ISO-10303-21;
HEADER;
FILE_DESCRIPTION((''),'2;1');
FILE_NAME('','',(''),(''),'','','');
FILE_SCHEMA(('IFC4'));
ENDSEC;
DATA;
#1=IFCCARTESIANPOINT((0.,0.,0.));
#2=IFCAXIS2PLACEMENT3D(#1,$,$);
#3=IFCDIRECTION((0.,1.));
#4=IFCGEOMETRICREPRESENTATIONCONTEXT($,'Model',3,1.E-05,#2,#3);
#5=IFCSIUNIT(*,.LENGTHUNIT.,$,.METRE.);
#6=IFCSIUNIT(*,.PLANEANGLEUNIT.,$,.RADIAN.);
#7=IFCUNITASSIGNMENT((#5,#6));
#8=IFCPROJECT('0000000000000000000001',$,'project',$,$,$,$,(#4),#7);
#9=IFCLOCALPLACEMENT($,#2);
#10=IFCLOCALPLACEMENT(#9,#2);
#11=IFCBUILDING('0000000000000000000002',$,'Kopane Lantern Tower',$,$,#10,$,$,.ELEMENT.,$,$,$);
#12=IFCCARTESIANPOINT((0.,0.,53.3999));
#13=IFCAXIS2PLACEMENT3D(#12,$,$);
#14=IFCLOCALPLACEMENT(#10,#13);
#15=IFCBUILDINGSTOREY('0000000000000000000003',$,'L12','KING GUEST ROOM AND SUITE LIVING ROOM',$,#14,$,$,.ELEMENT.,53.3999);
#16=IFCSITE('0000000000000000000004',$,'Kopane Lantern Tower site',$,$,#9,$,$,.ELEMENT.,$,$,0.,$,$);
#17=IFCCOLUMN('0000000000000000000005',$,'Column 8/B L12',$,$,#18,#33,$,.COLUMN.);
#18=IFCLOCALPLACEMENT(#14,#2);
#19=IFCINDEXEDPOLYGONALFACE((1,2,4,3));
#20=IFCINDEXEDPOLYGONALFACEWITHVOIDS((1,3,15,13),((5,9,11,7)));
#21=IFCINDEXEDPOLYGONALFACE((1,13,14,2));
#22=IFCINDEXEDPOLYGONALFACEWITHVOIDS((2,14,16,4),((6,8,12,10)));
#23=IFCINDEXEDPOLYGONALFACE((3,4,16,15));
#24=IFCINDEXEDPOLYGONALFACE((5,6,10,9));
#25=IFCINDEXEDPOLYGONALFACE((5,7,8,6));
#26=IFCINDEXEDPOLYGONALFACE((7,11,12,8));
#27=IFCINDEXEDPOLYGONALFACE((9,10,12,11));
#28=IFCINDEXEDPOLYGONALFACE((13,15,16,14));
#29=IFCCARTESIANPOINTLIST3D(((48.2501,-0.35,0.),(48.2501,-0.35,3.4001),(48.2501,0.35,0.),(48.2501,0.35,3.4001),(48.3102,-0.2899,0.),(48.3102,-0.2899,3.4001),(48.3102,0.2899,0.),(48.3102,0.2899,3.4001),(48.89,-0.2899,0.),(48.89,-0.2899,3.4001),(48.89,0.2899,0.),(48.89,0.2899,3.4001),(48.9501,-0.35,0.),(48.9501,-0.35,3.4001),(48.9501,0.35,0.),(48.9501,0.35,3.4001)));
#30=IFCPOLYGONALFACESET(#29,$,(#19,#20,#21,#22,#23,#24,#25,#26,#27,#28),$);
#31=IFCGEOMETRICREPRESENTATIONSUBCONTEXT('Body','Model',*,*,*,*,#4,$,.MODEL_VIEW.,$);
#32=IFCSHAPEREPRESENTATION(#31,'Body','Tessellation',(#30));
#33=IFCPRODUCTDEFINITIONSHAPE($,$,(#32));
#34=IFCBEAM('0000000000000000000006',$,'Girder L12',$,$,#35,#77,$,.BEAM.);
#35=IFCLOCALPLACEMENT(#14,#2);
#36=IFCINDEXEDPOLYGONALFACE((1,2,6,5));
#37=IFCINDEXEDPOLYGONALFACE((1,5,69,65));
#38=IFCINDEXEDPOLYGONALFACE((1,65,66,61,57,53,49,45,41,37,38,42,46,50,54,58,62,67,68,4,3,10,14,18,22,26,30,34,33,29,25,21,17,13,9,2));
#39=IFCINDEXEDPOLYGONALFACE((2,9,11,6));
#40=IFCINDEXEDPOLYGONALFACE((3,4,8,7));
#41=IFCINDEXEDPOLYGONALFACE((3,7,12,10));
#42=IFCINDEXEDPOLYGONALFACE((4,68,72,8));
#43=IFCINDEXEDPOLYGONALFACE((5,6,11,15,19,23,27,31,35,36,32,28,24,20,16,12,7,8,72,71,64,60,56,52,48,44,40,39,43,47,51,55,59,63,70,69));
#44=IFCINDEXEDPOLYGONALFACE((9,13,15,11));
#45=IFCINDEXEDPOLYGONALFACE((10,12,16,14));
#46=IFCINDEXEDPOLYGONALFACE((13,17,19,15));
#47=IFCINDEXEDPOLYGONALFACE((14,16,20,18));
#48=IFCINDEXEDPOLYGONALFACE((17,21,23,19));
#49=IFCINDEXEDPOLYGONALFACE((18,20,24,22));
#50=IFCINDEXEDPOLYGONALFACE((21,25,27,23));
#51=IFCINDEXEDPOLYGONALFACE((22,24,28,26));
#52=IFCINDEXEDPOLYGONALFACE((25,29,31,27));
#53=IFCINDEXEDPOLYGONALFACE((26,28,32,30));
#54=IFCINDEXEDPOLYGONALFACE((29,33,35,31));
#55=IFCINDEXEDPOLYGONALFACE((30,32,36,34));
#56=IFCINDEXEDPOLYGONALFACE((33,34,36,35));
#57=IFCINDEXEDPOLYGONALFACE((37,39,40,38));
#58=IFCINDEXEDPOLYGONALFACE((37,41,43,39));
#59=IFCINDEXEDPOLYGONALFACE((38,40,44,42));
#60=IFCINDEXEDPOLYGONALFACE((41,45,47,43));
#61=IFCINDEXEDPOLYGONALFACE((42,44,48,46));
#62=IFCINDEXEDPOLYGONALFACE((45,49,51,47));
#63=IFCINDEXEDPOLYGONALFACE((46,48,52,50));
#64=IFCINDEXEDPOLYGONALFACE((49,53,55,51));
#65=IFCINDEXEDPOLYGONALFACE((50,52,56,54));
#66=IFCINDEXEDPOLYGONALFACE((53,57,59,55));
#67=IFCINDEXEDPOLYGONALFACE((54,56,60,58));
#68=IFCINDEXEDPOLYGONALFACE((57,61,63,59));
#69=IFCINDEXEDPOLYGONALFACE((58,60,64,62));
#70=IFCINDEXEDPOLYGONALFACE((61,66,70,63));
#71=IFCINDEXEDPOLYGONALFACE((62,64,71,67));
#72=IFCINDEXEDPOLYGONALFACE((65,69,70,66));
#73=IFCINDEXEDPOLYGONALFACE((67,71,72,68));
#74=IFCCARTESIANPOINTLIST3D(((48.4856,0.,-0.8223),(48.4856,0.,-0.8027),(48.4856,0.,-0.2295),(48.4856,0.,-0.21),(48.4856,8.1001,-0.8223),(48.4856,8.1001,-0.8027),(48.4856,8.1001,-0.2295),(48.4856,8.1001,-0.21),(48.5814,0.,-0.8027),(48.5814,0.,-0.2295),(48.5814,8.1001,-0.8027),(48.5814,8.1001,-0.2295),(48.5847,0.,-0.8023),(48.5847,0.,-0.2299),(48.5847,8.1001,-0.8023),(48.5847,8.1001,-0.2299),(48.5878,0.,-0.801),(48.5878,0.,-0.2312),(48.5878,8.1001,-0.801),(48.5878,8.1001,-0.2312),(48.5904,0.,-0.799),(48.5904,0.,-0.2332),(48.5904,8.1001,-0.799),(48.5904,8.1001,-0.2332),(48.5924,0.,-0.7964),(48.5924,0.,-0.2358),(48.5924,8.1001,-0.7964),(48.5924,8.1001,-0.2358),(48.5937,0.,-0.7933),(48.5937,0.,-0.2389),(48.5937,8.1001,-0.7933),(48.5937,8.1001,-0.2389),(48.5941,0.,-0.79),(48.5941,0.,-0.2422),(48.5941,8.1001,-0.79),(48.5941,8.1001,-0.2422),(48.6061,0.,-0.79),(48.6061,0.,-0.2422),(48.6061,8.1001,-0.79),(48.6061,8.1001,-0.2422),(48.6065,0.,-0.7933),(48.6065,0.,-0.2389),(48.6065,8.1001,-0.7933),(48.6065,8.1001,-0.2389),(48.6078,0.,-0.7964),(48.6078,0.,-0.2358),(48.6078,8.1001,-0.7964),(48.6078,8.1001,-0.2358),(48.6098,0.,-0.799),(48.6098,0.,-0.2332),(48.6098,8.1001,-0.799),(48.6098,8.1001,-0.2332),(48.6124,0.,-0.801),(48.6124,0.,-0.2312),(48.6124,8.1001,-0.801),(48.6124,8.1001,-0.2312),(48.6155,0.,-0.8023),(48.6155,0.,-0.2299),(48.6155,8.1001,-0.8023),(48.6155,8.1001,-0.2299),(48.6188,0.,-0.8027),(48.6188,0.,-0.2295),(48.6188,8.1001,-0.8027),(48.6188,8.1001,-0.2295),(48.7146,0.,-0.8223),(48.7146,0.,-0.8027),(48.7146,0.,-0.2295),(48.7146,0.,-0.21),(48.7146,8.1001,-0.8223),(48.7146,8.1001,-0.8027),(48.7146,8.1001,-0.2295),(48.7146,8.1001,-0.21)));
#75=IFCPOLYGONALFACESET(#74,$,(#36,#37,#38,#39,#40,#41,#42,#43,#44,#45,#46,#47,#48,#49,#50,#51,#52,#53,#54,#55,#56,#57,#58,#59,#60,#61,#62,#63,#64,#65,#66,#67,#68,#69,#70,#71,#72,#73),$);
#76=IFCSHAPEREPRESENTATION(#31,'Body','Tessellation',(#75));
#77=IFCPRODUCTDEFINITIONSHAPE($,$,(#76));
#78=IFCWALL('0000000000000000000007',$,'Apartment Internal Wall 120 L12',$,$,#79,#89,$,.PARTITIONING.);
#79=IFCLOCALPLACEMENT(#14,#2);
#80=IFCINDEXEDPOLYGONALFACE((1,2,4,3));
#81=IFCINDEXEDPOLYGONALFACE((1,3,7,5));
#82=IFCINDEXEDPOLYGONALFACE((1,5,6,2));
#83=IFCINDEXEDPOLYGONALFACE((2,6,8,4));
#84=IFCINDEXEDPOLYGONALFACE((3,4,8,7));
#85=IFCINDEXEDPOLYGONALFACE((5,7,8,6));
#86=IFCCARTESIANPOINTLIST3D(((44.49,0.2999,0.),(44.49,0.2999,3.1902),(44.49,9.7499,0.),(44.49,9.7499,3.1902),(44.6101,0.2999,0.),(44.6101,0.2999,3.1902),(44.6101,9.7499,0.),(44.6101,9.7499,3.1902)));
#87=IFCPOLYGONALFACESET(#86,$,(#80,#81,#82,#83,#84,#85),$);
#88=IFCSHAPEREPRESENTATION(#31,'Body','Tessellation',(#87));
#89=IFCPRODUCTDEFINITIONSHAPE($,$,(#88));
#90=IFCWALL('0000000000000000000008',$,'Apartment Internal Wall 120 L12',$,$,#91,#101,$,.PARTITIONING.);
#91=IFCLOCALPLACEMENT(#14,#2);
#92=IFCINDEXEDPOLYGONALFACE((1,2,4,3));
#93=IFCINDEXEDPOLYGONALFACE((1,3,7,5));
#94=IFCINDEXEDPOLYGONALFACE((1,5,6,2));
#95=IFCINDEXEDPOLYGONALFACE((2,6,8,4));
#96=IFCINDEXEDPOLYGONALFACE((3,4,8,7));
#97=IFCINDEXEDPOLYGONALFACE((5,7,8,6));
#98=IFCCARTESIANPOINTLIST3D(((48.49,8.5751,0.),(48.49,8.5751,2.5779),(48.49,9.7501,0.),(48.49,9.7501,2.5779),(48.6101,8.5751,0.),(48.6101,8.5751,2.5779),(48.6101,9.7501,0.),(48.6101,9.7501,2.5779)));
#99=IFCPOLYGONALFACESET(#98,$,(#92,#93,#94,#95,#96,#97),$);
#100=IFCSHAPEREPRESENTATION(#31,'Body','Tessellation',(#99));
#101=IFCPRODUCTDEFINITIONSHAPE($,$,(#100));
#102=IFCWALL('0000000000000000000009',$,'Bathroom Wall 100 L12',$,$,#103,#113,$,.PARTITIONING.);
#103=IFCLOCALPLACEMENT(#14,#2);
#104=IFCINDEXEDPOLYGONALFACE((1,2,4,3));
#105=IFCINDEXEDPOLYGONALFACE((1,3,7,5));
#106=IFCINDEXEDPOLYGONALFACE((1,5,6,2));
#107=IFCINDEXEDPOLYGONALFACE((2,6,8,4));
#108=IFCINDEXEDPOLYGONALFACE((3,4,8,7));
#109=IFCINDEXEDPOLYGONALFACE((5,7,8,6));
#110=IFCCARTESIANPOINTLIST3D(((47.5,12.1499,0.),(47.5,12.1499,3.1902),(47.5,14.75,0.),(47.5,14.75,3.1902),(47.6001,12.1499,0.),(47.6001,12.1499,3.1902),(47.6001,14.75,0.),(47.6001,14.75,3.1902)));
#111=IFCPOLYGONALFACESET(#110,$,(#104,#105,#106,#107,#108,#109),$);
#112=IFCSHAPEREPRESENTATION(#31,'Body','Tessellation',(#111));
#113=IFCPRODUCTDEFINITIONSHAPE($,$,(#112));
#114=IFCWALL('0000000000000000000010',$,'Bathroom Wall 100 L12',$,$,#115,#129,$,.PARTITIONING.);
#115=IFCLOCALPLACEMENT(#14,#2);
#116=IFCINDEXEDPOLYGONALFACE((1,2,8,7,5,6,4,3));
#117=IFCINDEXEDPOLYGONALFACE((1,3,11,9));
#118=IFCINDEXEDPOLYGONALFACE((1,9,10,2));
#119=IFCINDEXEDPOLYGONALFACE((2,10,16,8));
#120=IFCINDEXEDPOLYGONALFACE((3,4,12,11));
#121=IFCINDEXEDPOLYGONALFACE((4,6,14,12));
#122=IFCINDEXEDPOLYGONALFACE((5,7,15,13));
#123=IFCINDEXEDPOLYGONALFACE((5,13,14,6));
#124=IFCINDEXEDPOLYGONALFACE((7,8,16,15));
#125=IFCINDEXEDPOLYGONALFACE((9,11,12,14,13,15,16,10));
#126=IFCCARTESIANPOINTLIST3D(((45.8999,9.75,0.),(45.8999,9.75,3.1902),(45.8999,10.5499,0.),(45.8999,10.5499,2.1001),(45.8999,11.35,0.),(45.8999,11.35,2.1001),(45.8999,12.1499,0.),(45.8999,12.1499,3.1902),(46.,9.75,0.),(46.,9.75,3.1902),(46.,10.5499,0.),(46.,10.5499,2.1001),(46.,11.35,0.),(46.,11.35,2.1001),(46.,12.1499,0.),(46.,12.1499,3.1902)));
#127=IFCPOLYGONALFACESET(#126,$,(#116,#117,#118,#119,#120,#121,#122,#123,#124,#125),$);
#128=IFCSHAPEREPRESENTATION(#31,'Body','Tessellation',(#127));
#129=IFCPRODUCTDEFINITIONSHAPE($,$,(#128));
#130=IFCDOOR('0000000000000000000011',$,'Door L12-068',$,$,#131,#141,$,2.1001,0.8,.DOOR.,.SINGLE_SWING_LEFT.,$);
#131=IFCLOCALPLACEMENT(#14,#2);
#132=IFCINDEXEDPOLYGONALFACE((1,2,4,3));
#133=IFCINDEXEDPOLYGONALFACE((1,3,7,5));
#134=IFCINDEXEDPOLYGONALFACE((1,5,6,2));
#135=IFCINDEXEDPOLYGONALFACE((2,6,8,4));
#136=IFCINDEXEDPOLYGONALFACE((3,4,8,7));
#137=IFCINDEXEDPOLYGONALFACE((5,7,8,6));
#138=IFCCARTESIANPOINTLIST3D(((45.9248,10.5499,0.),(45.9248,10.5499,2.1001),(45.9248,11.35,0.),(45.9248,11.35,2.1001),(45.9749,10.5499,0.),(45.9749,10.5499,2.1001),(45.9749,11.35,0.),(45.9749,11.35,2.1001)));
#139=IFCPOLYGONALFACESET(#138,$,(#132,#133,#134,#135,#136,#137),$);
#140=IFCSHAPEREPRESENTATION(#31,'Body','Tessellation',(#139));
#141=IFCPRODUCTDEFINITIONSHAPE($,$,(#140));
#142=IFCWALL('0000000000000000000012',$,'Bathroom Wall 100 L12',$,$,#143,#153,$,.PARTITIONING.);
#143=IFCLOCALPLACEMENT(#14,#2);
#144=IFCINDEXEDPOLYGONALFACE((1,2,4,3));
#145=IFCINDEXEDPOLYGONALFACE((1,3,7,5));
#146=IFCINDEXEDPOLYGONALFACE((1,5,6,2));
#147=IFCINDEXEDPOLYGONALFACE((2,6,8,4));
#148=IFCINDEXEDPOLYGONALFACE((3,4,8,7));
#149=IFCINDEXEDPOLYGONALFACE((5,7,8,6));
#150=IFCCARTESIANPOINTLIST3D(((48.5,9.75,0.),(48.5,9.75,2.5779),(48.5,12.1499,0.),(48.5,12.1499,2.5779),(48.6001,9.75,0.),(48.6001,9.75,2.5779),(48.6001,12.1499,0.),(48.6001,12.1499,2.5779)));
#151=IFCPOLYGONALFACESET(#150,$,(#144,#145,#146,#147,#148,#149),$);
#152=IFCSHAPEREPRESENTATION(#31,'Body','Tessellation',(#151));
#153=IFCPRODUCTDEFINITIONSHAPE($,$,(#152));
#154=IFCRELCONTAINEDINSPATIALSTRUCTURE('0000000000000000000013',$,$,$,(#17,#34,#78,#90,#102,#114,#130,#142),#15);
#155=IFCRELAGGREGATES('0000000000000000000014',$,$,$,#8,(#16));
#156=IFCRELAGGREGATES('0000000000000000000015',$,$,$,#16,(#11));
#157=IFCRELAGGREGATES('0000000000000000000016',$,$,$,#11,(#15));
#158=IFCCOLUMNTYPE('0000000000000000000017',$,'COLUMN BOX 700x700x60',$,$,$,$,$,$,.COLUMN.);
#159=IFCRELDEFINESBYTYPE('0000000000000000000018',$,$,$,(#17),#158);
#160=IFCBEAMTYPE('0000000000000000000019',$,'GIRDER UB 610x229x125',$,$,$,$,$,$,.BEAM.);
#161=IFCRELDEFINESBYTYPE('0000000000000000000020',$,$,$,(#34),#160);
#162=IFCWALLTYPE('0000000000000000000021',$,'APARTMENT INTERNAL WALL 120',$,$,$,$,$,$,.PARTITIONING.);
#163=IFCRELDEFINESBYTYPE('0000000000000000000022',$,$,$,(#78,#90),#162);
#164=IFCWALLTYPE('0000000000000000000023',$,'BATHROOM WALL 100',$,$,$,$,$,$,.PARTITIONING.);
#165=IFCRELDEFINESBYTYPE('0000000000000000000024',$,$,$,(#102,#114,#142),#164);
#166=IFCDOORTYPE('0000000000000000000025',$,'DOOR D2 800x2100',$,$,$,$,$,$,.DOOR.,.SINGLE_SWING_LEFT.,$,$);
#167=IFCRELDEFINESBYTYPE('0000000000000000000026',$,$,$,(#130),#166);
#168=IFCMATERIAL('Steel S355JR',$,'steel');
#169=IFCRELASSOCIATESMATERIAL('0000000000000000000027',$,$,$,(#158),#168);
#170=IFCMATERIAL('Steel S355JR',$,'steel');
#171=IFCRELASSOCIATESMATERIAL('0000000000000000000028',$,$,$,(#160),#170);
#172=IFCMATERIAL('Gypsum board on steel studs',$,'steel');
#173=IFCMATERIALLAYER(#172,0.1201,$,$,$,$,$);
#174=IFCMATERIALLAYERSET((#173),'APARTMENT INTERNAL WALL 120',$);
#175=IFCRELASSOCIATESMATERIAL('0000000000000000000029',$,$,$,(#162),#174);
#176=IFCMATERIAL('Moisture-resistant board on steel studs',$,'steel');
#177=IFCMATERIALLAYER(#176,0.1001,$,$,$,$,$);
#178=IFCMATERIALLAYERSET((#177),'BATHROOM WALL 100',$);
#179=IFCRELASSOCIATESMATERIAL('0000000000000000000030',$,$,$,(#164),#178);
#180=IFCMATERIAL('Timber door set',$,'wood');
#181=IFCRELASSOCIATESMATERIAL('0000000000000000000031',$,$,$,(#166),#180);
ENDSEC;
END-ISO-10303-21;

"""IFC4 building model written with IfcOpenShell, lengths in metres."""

from ifc_helpers import new_model, si_unit, direction, frame, frame_2d, origin, origin_2d, place, context, subcontext, project, spatial, rectangle, hollow_rectangle, i_section, extrude, material, layer, layer_set, material_profile, profile_set, type_object, element, fill, save


model = new_model("IFC4")

# Units and contexts
model_context = context("Model", 3, precision=1e-05, world=origin(), true_north=direction((0.0, 1.0)))
body_context = subcontext(model_context, "Body", "Model", "MODEL_VIEW")
ifc_project = project(units=[si_unit("LENGTHUNIT", "METRE"), si_unit("PLANEANGLEUNIT", "RADIAN")], contexts=[model_context])

# Site, building, storey
site_placement = place(None, origin())
site = spatial("IfcSite", under=ifc_project, at=site_placement, Name="Kopane Lantern Tower site", CompositionType="ELEMENT", RefElevation=0.0)
building_placement = place(site_placement, origin())
building = spatial("IfcBuilding", under=site, at=building_placement, Name="Kopane Lantern Tower", CompositionType="ELEMENT")
storey_placement = place(building_placement, frame((0.0, 0.0, 53.3999)))
storey = spatial("IfcBuildingStorey", under=building, at=storey_placement, Name="L12", Description="KING GUEST ROOM AND SUITE LIVING ROOM", CompositionType="ELEMENT", Elevation=53.3999)

# Column
ifc_material_1 = material(Name="Steel S355JR", Category="steel")
ifc_material_profile_1 = material_profile(ifc_material_1, hollow_rectangle(XDim=0.7, YDim=0.7, WallThickness=0.0601, at=origin_2d()), Name="BOX 700x700x60")
ifc_profile_set_1 = profile_set([ifc_material_profile_1], Name="Steel S355JR")
column_type = type_object("IfcColumnType", Name="COLUMN BOX 700x700x60", PredefinedType="COLUMN", material=ifc_profile_set_1)
column_placement = place(storey_placement, frame((48.6001, 0.0, 0.0), z_axis=(0.0, 0.0, 1.0), x_axis=(1.0, 0.0, 0.0)))
element("IfcColumn", 1, at=column_placement, inside=storey, type_object=column_type, Name="Column 8/B L12", PredefinedType="COLUMN", context=body_context, shape_type="SweptSolid", body=[
    extrude(hollow_rectangle(XDim=0.7, YDim=0.7, WallThickness=0.0601, at=origin_2d()), origin(), (0.0, 0.0, 1.0), 3.4001),
])

# Beam
ifc_material_2 = material(Name="Steel S355JR", Category="steel")
ifc_material_profile_2 = material_profile(ifc_material_2, i_section(OverallWidth=0.229, OverallDepth=0.6123, WebThickness=0.012, FlangeThickness=0.0195, FilletRadius=0.0127, at=origin_2d()), Name="UB 610x229x125")
ifc_profile_set_2 = profile_set([ifc_material_profile_2], Name="Steel S355JR")
beam_type = type_object("IfcBeamType", Name="GIRDER UB 610x229x125", PredefinedType="BEAM", material=ifc_profile_set_2)
beam_placement = place(storey_placement, frame((48.6001, 0.0, -0.5161), z_axis=(0.0, 1.0, 0.0), x_axis=(-1.0, 0.0, 0.0)))
element("IfcBeam", 2, at=beam_placement, inside=storey, type_object=beam_type, Name="Girder L12", PredefinedType="BEAM", context=body_context, shape_type="SweptSolid", body=[
    extrude(i_section(OverallWidth=0.229, OverallDepth=0.6123, WebThickness=0.012, FlangeThickness=0.0195, FilletRadius=0.0127, at=origin_2d()), origin(), (0.0, 0.0, 1.0), 8.1001),
])

# Walls
ifc_material_3 = material(Name="Gypsum board on steel studs", Category="steel")
ifc_layer_1 = layer(ifc_material_3, 0.1201)
ifc_layer_set_1 = layer_set([ifc_layer_1], Name="APARTMENT INTERNAL WALL 120")
wall_type_1 = type_object("IfcWallType", Name="APARTMENT INTERNAL WALL 120", PredefinedType="PARTITIONING", material=ifc_layer_set_1)
wall_1_placement = place(storey_placement, frame((44.55, 9.75, 0.0), z_axis=(0.0, 0.0, 1.0), x_axis=(0.0, -1.0, 0.0)))
element("IfcWall", 3, at=wall_1_placement, inside=storey, type_object=wall_type_1, Name="Apartment Internal Wall 120 L12", PredefinedType="PARTITIONING", context=body_context, shape_type="SweptSolid", body=[
    extrude(rectangle(XDim=9.45, YDim=0.1201, at=frame_2d((4.7251, 0.0))), origin(), (0.0, 0.0, 1.0), 3.1902),
])
wall_2_placement = place(storey_placement, frame((48.55, 9.75, 0.0), z_axis=(0.0, 0.0, 1.0), x_axis=(0.0, -1.0, 0.0)))
element("IfcWall", 4, at=wall_2_placement, inside=storey, type_object=wall_type_1, Name="Apartment Internal Wall 120 L12", PredefinedType="PARTITIONING", context=body_context, shape_type="SweptSolid", body=[
    extrude(rectangle(XDim=1.175, YDim=0.1201, at=frame_2d((0.5874, 0.0))), origin(), (0.0, 0.0, 1.0), 2.5779),
])
ifc_material_4 = material(Name="Moisture-resistant board on steel studs", Category="steel")
ifc_layer_2 = layer(ifc_material_4, 0.1001)
ifc_layer_set_2 = layer_set([ifc_layer_2], Name="BATHROOM WALL 100")
wall_type_2 = type_object("IfcWallType", Name="BATHROOM WALL 100", PredefinedType="PARTITIONING", material=ifc_layer_set_2)
wall_3_placement = place(storey_placement, frame((47.55, 12.1499, 0.0), z_axis=(0.0, 0.0, 1.0), x_axis=(0.0, 1.0, 0.0)))
element("IfcWall", 5, at=wall_3_placement, inside=storey, type_object=wall_type_2, Name="Bathroom Wall 100 L12", PredefinedType="PARTITIONING", context=body_context, shape_type="SweptSolid", body=[
    extrude(rectangle(XDim=2.6001, YDim=0.1001, at=frame_2d((1.3, 0.0))), origin(), (0.0, 0.0, 1.0), 3.1902),
])

# Wall, opening, door
wall_4_placement = place(storey_placement, frame((45.95, 12.1499, 0.0), z_axis=(0.0, 0.0, 1.0), x_axis=(0.0, -1.0, 0.0)))
wall_4 = element("IfcWall", 6, at=wall_4_placement, inside=storey, type_object=wall_type_2, Name="Bathroom Wall 100 L12", PredefinedType="PARTITIONING", context=body_context, shape_type="SweptSolid", body=[
    extrude(rectangle(XDim=2.3999, YDim=0.1001, at=frame_2d((1.2, 0.0))), origin(), (0.0, 0.0, 1.0), 3.1902),
])
opening_1_placement = place(wall_4_placement, frame((0.8, 0.0, 0.0)))
opening_1 = element("IfcOpeningElement", 7, at=opening_1_placement, cuts=wall_4, PredefinedType="OPENING", context=body_context, shape_type="SweptSolid", body=[
    extrude(rectangle(XDim=0.8, YDim=2.1001, at=frame_2d((0.3999, 1.05))), frame((0.0, 0.0601, 0.0), z_axis=(0.0, -1.0, 0.0), x_axis=(1.0, 0.0, 0.0)), (0.0, 0.0, 1.0), 0.1201),
])
ifc_material_5 = material(Name="Timber door set", Category="wood")
door_type_1 = type_object("IfcDoorType", Name="DOOR D2 800x2100", OperationType="SINGLE_SWING_LEFT", PredefinedType="DOOR", material=ifc_material_5)
door_1_placement = place(opening_1_placement, origin())
door_1 = element("IfcDoor", 8, at=door_1_placement, inside=storey, type_object=door_type_1, Name="Door L12-068", OperationType="SINGLE_SWING_LEFT", OverallHeight=2.1001, OverallWidth=0.8, PredefinedType="DOOR", context=body_context, shape_type="SweptSolid", body=[
    extrude(rectangle(XDim=0.8, YDim=2.1001, at=frame_2d((0.3999, 1.05))), frame((0.0, 0.0249, 0.0), z_axis=(0.0, -1.0, 0.0), x_axis=(1.0, 0.0, 0.0)), (0.0, 0.0, 1.0), 0.05),
])
fill(opening_1, door_1)

# Wall
wall_5_placement = place(storey_placement, frame((48.55, 12.1499, 0.0), z_axis=(0.0, 0.0, 1.0), x_axis=(0.0, -1.0, 0.0)))
element("IfcWall", 9, at=wall_5_placement, inside=storey, type_object=wall_type_2, Name="Bathroom Wall 100 L12", PredefinedType="PARTITIONING", context=body_context, shape_type="SweptSolid", body=[
    extrude(rectangle(XDim=2.3999, YDim=0.1001, at=frame_2d((1.2, 0.0))), origin(), (0.0, 0.0, 1.0), 2.5779),
])

save(model, "model.ifc")
